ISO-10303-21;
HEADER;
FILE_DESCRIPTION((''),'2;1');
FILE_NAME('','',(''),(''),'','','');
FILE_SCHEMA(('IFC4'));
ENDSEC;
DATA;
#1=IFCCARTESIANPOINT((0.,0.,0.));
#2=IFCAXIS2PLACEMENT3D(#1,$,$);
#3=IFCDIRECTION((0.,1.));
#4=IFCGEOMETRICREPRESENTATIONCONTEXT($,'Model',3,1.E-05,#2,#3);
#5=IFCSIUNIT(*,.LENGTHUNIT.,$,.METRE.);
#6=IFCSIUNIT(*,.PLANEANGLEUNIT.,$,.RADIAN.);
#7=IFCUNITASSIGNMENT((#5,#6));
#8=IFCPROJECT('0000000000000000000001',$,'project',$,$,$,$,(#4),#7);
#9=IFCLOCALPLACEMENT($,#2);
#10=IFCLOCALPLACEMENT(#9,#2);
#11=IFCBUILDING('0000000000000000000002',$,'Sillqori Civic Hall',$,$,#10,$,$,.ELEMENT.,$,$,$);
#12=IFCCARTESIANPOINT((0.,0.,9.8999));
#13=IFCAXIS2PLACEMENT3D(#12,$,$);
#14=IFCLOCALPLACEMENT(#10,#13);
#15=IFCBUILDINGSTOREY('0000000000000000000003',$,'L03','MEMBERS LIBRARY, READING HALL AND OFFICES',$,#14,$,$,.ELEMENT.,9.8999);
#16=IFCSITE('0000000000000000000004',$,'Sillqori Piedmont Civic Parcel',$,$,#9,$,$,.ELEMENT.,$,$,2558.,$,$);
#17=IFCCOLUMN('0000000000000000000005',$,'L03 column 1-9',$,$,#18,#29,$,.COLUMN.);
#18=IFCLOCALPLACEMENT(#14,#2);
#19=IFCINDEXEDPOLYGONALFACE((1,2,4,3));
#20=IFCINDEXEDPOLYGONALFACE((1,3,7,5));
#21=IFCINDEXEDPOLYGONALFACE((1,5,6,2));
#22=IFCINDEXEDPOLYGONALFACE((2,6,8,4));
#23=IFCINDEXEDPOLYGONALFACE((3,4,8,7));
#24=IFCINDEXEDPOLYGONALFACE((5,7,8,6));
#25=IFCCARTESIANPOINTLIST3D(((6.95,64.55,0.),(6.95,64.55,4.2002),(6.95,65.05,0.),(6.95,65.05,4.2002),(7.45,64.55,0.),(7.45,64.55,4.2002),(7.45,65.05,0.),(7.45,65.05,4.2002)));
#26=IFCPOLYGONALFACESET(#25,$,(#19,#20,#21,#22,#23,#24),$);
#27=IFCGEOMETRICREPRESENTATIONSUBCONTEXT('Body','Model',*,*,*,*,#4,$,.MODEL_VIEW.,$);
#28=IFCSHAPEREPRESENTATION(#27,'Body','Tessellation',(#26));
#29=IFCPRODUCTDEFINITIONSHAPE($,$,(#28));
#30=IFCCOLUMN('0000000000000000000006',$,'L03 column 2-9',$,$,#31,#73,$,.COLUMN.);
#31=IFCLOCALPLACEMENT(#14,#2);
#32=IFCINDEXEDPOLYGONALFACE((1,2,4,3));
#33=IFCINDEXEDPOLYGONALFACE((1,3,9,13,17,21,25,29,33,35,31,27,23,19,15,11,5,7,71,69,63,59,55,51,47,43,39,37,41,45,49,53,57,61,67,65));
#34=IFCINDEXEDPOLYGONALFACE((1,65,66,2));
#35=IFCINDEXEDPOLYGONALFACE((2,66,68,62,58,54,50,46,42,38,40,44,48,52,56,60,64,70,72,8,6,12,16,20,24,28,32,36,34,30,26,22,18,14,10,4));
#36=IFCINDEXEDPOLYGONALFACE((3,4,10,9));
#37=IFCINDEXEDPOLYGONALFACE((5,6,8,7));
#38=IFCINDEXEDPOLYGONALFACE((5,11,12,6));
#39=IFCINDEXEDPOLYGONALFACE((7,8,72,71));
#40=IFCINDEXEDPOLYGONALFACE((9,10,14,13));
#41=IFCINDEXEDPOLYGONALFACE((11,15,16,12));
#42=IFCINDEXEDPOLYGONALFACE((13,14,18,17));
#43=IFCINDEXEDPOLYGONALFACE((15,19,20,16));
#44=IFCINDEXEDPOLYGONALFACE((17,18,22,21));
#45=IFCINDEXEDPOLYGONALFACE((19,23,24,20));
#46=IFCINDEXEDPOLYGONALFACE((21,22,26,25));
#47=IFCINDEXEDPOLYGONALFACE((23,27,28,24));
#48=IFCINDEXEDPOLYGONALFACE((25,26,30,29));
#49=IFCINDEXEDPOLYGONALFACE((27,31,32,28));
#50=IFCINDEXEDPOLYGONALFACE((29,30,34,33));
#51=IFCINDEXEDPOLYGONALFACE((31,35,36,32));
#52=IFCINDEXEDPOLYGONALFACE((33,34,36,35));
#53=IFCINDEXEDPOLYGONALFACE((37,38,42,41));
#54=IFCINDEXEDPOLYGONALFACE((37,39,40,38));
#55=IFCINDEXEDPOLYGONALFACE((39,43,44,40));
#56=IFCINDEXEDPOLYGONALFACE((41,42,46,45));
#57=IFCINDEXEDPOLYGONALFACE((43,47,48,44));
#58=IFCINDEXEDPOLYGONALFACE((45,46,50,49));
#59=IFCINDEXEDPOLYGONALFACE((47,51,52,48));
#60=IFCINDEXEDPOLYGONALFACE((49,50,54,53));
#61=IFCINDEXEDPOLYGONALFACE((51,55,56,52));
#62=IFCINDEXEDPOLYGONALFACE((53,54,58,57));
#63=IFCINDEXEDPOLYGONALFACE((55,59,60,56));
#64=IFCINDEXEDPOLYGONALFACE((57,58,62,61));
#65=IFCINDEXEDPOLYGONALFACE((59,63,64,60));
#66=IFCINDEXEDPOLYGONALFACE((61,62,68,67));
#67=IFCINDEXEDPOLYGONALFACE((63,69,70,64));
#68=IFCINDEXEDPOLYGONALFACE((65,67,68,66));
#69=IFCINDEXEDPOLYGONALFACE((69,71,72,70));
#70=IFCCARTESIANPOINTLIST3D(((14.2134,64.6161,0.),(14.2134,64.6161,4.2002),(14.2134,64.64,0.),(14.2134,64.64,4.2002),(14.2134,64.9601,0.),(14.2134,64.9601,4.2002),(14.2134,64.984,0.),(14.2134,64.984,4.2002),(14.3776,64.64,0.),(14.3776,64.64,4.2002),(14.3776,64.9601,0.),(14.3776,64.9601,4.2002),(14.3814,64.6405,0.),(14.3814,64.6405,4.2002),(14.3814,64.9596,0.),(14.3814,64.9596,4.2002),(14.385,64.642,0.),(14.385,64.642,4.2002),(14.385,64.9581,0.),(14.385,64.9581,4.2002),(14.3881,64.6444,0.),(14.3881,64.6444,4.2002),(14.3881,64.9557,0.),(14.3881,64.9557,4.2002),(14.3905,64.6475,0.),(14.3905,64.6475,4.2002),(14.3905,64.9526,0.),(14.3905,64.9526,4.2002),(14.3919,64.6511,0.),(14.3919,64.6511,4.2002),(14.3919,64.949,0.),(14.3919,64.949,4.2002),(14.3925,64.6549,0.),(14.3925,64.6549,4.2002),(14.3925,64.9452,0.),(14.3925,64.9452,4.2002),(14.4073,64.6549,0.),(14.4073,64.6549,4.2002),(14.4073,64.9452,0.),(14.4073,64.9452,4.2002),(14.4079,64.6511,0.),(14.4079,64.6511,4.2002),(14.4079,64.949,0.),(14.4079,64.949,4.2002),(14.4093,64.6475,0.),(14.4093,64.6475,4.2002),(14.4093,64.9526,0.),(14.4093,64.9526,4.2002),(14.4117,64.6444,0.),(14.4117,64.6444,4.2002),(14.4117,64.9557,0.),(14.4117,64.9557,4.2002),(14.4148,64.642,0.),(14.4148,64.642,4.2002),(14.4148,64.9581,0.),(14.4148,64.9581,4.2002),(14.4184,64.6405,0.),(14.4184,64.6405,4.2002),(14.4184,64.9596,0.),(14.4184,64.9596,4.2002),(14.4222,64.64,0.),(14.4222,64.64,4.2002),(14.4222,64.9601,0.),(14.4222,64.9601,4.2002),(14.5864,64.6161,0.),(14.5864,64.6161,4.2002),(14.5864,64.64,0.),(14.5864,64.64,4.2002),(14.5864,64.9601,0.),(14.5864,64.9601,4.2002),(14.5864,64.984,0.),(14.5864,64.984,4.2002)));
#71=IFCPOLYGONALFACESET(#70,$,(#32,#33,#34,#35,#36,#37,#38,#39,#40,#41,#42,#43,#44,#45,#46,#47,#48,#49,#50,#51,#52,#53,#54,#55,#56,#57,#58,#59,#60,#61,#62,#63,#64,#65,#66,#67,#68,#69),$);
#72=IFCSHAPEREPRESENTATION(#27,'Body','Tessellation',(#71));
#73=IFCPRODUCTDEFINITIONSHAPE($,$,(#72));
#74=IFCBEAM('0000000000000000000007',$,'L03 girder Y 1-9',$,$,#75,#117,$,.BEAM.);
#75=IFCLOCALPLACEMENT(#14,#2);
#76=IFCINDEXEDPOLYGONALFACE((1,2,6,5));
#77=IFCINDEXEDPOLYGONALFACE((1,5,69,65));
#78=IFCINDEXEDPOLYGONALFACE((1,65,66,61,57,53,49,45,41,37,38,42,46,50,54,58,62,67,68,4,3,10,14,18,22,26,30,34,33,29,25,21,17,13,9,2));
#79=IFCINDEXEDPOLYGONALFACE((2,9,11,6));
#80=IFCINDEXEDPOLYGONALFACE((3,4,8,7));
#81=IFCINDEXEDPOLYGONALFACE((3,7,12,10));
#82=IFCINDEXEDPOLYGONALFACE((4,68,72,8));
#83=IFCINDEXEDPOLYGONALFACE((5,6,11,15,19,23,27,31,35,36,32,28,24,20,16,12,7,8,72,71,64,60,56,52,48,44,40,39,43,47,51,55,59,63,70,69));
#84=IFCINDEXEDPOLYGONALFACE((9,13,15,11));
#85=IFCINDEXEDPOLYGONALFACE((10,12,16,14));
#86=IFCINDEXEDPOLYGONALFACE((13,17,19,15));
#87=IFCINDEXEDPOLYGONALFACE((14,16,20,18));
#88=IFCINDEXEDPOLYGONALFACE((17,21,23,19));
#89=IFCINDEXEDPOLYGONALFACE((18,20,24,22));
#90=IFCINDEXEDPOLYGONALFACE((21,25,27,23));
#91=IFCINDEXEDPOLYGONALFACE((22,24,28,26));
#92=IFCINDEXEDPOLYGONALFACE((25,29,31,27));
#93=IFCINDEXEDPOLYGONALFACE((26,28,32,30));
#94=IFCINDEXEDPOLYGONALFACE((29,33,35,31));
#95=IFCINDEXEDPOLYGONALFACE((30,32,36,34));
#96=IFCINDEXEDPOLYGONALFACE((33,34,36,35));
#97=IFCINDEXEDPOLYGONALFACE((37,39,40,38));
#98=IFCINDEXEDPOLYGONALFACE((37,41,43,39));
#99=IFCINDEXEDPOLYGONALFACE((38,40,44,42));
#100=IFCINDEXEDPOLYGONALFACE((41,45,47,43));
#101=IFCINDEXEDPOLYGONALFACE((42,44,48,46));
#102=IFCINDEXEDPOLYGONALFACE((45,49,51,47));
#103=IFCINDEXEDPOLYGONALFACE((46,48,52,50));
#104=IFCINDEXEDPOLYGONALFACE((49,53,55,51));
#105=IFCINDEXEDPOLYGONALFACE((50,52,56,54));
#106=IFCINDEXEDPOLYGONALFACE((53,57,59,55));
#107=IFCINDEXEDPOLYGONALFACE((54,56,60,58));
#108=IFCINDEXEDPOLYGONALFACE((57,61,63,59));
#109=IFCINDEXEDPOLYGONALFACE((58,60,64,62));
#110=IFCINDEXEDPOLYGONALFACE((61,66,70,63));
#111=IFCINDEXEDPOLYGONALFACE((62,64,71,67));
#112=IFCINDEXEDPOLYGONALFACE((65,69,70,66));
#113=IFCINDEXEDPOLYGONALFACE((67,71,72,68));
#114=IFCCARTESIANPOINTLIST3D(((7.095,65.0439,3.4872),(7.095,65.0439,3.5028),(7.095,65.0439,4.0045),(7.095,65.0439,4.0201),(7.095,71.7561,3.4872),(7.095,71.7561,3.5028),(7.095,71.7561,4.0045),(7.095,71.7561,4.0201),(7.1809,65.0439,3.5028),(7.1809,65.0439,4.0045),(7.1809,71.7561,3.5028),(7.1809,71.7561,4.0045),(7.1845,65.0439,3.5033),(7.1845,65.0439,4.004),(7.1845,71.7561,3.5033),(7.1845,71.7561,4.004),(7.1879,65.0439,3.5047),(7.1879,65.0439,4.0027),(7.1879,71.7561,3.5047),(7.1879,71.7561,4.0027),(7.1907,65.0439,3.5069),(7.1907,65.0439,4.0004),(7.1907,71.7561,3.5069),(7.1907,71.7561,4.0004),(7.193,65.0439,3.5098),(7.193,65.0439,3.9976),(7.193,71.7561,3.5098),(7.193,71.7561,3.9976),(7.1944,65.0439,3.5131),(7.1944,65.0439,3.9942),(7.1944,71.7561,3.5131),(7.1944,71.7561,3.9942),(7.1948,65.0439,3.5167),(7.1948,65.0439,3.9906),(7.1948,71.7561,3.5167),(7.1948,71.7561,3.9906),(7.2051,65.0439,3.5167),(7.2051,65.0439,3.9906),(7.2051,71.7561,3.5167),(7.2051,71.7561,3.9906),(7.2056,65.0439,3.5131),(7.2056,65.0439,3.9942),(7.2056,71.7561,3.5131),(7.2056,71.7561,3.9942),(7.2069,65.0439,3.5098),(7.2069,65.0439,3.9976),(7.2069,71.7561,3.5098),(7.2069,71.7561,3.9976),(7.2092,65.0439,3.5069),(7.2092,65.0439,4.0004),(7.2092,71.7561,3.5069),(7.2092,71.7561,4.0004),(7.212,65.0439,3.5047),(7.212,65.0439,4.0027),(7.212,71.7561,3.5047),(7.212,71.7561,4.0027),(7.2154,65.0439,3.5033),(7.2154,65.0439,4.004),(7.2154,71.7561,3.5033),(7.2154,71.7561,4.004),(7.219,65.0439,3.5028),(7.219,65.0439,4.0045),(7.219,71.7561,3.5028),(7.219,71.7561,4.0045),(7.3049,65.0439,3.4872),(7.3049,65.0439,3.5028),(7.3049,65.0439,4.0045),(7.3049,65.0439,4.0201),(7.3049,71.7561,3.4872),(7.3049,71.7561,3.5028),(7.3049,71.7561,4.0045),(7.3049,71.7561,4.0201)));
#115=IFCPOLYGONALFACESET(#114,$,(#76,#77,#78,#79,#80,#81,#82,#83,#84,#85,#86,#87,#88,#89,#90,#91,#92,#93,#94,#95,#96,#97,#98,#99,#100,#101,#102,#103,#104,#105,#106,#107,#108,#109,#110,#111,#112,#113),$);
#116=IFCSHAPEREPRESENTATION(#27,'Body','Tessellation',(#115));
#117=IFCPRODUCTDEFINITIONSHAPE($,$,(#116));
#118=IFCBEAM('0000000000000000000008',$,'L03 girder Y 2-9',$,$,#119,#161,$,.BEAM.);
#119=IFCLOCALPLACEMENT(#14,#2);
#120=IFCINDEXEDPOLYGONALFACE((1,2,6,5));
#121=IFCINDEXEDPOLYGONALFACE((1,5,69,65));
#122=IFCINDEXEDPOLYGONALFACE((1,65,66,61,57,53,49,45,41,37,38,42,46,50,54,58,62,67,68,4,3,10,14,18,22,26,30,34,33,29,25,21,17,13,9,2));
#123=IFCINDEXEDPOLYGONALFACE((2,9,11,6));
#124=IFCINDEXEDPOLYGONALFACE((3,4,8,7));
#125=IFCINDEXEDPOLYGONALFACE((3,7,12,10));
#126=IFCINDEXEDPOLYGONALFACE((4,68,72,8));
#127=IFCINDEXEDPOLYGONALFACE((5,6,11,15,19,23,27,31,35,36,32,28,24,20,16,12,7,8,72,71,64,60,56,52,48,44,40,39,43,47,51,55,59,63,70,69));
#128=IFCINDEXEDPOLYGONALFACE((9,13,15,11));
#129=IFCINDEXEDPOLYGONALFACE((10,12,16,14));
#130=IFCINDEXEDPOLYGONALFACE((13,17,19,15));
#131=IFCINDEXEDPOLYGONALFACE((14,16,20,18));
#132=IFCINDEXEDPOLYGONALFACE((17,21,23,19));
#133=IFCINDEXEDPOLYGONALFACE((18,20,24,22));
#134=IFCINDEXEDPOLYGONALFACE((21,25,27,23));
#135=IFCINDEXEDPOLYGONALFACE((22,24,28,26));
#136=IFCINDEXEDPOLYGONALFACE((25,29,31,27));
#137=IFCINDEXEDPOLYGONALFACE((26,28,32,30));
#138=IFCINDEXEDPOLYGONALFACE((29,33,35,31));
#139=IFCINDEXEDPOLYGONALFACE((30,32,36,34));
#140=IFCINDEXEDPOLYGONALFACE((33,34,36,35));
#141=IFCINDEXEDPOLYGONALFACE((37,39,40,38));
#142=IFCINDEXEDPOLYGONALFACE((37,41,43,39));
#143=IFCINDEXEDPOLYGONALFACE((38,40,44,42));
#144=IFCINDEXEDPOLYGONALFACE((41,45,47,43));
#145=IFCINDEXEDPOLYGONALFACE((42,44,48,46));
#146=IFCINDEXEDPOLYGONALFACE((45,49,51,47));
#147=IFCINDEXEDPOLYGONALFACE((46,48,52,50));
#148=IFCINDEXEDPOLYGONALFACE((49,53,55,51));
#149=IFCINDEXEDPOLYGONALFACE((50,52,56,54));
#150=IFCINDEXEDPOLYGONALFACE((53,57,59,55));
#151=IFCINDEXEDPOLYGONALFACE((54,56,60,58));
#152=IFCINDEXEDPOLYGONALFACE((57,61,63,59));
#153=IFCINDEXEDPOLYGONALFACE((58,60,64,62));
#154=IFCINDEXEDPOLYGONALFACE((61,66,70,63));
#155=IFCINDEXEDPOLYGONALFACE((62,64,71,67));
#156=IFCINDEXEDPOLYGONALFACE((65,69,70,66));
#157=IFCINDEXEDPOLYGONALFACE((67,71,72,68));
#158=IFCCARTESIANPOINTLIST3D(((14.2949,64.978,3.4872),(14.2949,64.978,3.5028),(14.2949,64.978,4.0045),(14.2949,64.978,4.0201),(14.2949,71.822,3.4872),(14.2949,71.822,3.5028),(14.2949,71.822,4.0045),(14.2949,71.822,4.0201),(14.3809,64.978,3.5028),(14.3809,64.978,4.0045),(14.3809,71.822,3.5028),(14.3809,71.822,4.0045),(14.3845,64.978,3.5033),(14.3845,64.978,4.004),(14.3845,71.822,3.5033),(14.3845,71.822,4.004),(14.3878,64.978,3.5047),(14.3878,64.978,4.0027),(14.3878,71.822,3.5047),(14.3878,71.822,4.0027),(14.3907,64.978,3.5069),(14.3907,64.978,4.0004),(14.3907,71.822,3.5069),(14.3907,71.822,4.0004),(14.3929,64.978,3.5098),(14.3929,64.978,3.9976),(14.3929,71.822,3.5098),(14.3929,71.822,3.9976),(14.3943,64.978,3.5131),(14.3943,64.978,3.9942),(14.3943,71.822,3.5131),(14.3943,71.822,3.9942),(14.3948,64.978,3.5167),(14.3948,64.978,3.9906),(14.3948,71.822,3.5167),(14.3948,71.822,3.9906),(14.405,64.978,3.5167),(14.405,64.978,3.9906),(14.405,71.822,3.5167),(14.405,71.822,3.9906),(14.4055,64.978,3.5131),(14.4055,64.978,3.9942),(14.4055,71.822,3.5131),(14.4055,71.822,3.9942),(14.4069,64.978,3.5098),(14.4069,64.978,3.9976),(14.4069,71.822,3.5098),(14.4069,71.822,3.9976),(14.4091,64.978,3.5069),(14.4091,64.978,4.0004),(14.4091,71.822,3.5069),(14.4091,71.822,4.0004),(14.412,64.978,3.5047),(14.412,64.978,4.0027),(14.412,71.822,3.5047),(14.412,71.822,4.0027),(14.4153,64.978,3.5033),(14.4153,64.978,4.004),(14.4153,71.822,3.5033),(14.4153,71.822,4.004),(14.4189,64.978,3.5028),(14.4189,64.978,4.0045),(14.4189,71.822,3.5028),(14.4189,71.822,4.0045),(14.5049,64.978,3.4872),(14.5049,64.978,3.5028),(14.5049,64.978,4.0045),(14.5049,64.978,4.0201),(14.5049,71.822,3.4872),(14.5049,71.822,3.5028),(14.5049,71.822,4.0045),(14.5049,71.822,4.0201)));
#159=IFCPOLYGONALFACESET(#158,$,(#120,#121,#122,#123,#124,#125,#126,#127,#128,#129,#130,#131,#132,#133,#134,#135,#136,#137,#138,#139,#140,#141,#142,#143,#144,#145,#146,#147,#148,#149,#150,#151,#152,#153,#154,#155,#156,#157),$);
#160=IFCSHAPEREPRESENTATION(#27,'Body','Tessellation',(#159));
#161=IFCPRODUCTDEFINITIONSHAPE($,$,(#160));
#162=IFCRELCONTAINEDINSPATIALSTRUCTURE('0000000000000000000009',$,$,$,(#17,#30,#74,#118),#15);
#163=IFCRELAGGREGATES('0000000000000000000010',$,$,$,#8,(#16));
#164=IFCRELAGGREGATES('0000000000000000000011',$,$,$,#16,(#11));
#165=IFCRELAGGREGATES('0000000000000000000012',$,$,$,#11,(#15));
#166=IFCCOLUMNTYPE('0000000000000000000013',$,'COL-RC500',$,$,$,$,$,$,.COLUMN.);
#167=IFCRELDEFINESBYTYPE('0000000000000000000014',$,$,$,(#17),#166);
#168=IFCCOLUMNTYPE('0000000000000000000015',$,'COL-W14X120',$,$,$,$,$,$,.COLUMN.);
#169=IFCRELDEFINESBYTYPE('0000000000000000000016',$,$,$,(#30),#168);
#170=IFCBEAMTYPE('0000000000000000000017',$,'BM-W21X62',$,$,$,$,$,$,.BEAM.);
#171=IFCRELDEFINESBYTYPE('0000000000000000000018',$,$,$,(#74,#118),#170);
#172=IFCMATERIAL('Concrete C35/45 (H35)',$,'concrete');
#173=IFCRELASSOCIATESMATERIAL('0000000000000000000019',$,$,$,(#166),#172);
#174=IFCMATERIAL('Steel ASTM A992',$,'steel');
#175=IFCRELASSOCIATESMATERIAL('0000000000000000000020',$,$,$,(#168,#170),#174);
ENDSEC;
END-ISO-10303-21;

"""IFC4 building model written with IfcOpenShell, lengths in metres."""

from ifc_helpers import new_model, si_unit, direction, frame, origin, origin_2d, place, context, subcontext, project, spatial, rectangle, i_section, extrude, material, material_profile, profile_set, type_object, element, save


model = new_model("IFC4")

# Units and contexts
model_context = context("Model", 3, precision=1e-05, world=origin(), true_north=direction((0.0, 1.0)))
body_context = subcontext(model_context, "Body", "Model", "MODEL_VIEW")
ifc_project = project(units=[si_unit("LENGTHUNIT", "METRE"), si_unit("PLANEANGLEUNIT", "RADIAN")], contexts=[model_context])

# Site, building, storey
site_placement = place(None, origin())
site = spatial("IfcSite", under=ifc_project, at=site_placement, Name="Sillqori Piedmont Civic Parcel", CompositionType="ELEMENT", RefElevation=2558.0)
building_placement = place(site_placement, origin())
building = spatial("IfcBuilding", under=site, at=building_placement, Name="Sillqori Civic Hall", CompositionType="ELEMENT")
storey_placement = place(building_placement, frame((0.0, 0.0, 9.8999)))
storey = spatial("IfcBuildingStorey", under=building, at=storey_placement, Name="L03", Description="MEMBERS LIBRARY, READING HALL AND OFFICES", CompositionType="ELEMENT", Elevation=9.8999)

# Columns
ifc_material_1 = material(Name="Concrete C35/45 (H35)", Category="concrete")
ifc_material_profile_1 = material_profile(ifc_material_1, rectangle(XDim=0.5, YDim=0.5, at=origin_2d()), Name="RC 500x500")
ifc_profile_set_1 = profile_set([ifc_material_profile_1], Name="Concrete C35/45 (H35)")
column_type_1 = type_object("IfcColumnType", Name="COL-RC500", PredefinedType="COLUMN", material=ifc_profile_set_1)
column_1_placement = place(storey_placement, frame((7.2, 64.8, 0.0), z_axis=(0.0, 0.0, 1.0), x_axis=(1.0, 0.0, 0.0)))
element("IfcColumn", 1, at=column_1_placement, inside=storey, type_object=column_type_1, Name="L03 column 1-9", PredefinedType="COLUMN", context=body_context, shape_type="SweptSolid", body=[
    extrude(rectangle(XDim=0.5, YDim=0.5, at=origin_2d()), origin(), (0.0, 0.0, 1.0), 4.2002),
])
ifc_material_2 = material(Name="Steel ASTM A992", Category="steel")
ifc_material_profile_2 = material_profile(ifc_material_2, i_section(OverallWidth=0.373, OverallDepth=0.3679, WebThickness=0.0149, FlangeThickness=0.0239, FilletRadius=0.0149, at=origin_2d()), Name="W14X120")
ifc_profile_set_2 = profile_set([ifc_material_profile_2], Name="Steel ASTM A992")
column_type_2 = type_object("IfcColumnType", Name="COL-W14X120", PredefinedType="COLUMN", material=ifc_profile_set_2)
column_2_placement = place(storey_placement, frame((14.3999, 64.8, 0.0), z_axis=(0.0, 0.0, 1.0), x_axis=(1.0, 0.0, 0.0)))
element("IfcColumn", 2, at=column_2_placement, inside=storey, type_object=column_type_2, Name="L03 column 2-9", PredefinedType="COLUMN", context=body_context, shape_type="SweptSolid", body=[
    extrude(i_section(OverallWidth=0.373, OverallDepth=0.3679, WebThickness=0.0149, FlangeThickness=0.0239, FilletRadius=0.0149, at=origin_2d()), origin(), (0.0, 0.0, 1.0), 4.2002),
])

# Beams
ifc_material_profile_3 = material_profile(ifc_material_2, i_section(OverallWidth=0.21, OverallDepth=0.533, WebThickness=0.0103, FlangeThickness=0.0156, FilletRadius=0.0139, at=origin_2d()), Name="W21X62")
ifc_profile_set_3 = profile_set([ifc_material_profile_3], Name="Steel ASTM A992")
beam_type_1 = type_object("IfcBeamType", Name="BM-W21X62", PredefinedType="BEAM", material=ifc_profile_set_3)
beam_1_placement = place(storey_placement, frame((7.2, 65.0439, 3.7537), z_axis=(0.0, 1.0, 0.0), x_axis=(-1.0, 0.0, 0.0)))
element("IfcBeam", 3, at=beam_1_placement, inside=storey, type_object=beam_type_1, Name="L03 girder Y 1-9", PredefinedType="BEAM", context=body_context, shape_type="SweptSolid", body=[
    extrude(i_section(OverallWidth=0.21, OverallDepth=0.533, WebThickness=0.0103, FlangeThickness=0.0156, FilletRadius=0.0139, at=origin_2d()), origin(), (0.0, 0.0, 1.0), 6.7122),
])
beam_2_placement = place(storey_placement, frame((14.3999, 64.978, 3.7537), z_axis=(0.0, 1.0, 0.0), x_axis=(-1.0, 0.0, 0.0)))
element("IfcBeam", 4, at=beam_2_placement, inside=storey, type_object=beam_type_1, Name="L03 girder Y 2-9", PredefinedType="BEAM", context=body_context, shape_type="SweptSolid", body=[
    extrude(i_section(OverallWidth=0.21, OverallDepth=0.533, WebThickness=0.0103, FlangeThickness=0.0156, FilletRadius=0.0139, at=origin_2d()), origin(), (0.0, 0.0, 1.0), 6.844),
])

save(model, "model.ifc")
